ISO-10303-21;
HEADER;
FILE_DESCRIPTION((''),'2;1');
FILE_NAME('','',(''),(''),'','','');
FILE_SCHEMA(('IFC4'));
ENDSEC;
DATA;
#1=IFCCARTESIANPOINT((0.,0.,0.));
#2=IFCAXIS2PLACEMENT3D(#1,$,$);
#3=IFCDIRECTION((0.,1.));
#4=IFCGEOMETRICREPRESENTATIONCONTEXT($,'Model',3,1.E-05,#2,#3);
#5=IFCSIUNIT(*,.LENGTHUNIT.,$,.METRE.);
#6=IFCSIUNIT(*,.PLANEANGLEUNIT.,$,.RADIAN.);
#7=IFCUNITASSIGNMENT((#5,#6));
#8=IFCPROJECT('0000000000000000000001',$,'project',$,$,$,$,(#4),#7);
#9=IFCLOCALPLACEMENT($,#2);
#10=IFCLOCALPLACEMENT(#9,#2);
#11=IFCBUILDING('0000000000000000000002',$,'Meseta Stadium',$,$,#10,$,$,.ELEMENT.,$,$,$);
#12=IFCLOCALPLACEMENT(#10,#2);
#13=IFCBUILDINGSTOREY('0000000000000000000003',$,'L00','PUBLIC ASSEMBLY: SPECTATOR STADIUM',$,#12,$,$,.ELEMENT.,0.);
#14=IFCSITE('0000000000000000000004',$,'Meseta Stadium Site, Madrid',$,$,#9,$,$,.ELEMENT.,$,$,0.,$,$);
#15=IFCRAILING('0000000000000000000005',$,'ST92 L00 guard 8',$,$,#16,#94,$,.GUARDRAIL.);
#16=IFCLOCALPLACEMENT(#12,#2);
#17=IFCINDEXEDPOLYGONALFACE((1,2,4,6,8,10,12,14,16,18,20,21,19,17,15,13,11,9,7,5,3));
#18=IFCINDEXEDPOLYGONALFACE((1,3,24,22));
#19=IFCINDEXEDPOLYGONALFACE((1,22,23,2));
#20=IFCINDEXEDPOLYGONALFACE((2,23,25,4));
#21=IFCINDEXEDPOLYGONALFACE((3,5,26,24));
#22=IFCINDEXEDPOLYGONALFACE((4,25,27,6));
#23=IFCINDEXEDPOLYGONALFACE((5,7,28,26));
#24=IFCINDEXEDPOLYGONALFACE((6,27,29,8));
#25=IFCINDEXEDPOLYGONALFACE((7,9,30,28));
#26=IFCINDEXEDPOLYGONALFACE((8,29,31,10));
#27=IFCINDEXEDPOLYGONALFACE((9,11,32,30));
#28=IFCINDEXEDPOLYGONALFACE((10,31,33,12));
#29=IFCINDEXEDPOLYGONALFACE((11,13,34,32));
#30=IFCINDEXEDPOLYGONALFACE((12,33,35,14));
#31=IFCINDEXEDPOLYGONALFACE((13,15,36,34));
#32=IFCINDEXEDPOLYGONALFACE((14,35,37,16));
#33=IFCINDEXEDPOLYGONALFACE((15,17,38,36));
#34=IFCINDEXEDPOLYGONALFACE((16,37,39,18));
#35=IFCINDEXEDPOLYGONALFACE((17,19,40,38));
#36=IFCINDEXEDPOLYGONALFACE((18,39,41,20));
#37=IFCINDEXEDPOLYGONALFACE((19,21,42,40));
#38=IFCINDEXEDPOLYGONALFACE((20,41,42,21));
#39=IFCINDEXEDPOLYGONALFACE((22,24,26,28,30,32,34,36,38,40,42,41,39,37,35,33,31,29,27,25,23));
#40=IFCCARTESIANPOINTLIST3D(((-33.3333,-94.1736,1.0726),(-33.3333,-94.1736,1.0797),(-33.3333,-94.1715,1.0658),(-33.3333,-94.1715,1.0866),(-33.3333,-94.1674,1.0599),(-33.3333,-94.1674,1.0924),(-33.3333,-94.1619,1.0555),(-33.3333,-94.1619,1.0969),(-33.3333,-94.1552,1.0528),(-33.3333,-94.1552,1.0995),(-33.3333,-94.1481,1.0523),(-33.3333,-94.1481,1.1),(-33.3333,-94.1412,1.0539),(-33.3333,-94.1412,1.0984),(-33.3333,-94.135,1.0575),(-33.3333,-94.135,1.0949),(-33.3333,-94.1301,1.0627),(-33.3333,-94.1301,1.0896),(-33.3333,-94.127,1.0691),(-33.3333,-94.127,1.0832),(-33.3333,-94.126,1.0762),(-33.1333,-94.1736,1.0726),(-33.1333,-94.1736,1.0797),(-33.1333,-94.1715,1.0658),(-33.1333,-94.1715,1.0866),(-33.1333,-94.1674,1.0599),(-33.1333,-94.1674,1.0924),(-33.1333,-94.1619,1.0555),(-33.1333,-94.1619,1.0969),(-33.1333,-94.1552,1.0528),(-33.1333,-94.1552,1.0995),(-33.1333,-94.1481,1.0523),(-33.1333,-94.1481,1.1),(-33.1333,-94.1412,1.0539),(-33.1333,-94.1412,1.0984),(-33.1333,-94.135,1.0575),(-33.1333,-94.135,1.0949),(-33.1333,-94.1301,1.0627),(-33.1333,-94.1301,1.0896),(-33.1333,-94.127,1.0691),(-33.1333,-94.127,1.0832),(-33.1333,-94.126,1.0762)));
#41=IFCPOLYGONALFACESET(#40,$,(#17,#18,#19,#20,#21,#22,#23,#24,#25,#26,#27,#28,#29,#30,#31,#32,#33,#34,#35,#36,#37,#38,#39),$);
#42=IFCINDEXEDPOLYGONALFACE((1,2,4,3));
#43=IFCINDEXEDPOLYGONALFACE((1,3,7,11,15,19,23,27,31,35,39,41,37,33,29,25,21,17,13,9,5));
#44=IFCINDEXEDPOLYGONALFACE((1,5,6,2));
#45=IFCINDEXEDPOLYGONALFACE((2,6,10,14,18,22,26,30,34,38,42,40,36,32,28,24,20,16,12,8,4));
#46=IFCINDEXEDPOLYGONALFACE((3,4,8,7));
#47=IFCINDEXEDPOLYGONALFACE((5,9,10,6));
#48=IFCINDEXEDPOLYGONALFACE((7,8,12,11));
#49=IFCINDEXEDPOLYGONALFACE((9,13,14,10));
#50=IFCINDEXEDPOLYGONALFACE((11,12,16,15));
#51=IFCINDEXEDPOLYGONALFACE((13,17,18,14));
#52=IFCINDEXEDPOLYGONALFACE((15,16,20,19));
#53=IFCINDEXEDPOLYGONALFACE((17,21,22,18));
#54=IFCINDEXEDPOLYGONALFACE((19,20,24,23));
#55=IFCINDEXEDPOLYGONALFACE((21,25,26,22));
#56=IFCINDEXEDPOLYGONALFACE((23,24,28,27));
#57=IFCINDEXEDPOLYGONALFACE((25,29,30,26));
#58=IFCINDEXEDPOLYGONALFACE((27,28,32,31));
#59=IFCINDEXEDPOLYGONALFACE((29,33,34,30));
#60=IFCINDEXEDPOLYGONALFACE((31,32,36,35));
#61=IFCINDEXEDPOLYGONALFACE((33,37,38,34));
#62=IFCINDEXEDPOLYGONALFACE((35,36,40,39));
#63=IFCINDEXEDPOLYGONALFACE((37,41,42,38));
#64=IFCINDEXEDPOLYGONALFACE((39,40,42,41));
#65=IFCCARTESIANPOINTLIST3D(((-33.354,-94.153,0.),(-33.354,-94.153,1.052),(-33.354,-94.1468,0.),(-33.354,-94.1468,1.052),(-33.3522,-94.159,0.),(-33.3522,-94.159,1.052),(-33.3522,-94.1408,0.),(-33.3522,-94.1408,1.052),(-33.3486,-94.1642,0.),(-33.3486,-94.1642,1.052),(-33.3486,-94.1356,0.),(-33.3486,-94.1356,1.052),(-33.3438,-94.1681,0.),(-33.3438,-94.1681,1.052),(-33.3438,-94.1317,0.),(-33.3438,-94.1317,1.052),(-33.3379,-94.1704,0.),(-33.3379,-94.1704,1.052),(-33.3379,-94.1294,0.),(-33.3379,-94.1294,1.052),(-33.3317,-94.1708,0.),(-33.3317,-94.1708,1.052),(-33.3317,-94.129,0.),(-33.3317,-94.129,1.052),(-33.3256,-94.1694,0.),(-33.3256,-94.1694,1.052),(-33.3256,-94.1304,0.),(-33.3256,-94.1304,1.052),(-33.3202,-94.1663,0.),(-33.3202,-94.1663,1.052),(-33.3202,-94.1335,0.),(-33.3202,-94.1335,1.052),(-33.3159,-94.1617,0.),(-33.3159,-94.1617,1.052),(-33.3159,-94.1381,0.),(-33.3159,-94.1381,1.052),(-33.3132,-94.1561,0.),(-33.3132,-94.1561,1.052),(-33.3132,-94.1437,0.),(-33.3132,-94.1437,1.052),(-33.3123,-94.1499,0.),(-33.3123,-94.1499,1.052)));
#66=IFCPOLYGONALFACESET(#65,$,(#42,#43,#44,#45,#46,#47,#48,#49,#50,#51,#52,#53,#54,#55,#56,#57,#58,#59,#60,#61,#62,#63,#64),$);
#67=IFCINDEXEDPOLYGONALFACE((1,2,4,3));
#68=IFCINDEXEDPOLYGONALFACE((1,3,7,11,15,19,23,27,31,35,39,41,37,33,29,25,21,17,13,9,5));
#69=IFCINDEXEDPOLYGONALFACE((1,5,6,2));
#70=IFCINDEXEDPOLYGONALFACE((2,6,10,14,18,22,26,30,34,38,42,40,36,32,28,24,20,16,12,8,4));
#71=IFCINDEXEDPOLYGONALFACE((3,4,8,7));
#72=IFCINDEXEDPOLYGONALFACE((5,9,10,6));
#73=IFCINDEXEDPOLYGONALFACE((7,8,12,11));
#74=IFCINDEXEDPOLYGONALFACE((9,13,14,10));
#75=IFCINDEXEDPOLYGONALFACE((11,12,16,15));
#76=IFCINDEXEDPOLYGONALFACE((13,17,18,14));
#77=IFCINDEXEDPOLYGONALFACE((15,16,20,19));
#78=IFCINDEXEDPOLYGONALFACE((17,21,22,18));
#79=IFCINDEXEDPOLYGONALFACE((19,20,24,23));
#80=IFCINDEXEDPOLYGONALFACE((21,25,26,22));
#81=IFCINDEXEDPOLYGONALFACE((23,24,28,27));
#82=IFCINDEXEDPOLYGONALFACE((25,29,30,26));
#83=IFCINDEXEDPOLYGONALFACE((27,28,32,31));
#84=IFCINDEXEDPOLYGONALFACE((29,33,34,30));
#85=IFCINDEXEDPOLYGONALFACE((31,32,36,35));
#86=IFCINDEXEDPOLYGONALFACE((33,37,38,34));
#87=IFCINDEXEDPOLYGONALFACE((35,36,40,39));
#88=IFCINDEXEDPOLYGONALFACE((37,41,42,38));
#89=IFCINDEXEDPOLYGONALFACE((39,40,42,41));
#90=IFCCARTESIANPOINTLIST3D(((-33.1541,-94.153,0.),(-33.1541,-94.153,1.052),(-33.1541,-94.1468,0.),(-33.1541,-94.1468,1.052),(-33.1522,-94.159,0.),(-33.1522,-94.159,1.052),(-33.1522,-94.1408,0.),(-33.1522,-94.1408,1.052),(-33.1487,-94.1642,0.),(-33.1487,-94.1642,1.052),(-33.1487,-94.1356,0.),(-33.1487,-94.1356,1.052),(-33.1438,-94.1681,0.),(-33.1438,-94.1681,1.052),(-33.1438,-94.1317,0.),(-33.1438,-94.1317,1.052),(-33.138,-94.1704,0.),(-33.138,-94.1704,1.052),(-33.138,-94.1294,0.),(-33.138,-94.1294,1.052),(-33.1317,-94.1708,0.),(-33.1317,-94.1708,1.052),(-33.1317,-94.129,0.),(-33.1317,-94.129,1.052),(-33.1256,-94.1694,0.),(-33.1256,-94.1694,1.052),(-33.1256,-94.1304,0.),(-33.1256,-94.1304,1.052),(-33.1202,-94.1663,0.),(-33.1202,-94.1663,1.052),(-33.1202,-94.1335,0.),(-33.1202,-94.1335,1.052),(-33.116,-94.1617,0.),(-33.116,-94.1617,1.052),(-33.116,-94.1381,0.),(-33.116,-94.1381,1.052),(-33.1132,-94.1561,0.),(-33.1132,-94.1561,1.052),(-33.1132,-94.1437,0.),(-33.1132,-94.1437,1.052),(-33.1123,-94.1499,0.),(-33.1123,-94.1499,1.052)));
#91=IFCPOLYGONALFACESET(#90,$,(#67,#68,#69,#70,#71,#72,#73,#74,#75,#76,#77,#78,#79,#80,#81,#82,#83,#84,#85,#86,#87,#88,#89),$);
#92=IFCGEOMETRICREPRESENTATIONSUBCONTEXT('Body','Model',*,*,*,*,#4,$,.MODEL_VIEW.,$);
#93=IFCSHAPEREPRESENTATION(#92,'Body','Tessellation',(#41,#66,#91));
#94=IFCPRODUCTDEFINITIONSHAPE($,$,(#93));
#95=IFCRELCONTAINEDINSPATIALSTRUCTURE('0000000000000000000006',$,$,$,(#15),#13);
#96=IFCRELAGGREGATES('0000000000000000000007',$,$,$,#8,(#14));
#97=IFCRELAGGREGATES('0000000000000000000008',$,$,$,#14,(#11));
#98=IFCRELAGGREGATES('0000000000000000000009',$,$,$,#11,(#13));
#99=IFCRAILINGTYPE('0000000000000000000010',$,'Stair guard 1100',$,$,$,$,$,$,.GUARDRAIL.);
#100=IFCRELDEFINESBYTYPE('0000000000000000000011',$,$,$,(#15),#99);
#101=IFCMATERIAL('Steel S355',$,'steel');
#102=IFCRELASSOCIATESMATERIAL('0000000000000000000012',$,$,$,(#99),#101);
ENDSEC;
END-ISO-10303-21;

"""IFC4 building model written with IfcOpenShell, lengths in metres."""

from ifc_helpers import new_model, si_unit, direction, frame, origin, origin_2d, place, context, subcontext, project, spatial, circle, extrude, material, type_object, element, save


model = new_model("IFC4")

# Units and contexts
model_context = context("Model", 3, precision=1e-05, world=origin(), true_north=direction((0.0, 1.0)))
body_context = subcontext(model_context, "Body", "Model", "MODEL_VIEW")
ifc_project = project(units=[si_unit("LENGTHUNIT", "METRE"), si_unit("PLANEANGLEUNIT", "RADIAN")], contexts=[model_context])

# Site, building, storey
site_placement = place(None, origin())
site = spatial("IfcSite", under=ifc_project, at=site_placement, Name="Meseta Stadium Site, Madrid", CompositionType="ELEMENT", RefElevation=0.0)
building_placement = place(site_placement, origin())
building = spatial("IfcBuilding", under=site, at=building_placement, Name="Meseta Stadium", CompositionType="ELEMENT")
storey_placement = place(building_placement, origin())
storey = spatial("IfcBuildingStorey", under=building, at=storey_placement, Name="L00", Description="PUBLIC ASSEMBLY: SPECTATOR STADIUM", CompositionType="ELEMENT", Elevation=0.0)

# Railing
ifc_material_1 = material(Name="Steel S355", Category="steel")
railing_type_1 = type_object("IfcRailingType", Name="Stair guard 1100", PredefinedType="GUARDRAIL", material=ifc_material_1)
railing_1_placement = place(storey_placement, frame((-33.3333, -94.1499, 0.0)))
element("IfcRailing", 1, at=railing_1_placement, inside=storey, type_object=railing_type_1, Name="ST92 L00 guard 8", PredefinedType="GUARDRAIL", context=body_context, shape_type="SweptSolid", body=[
    extrude(circle(Radius=0.0239, at=origin_2d()), frame((0.0, 0.0, 1.0762), z_axis=(1.0, 0.0, 0.0), x_axis=(0.0, 1.0, 0.0)), (0.0, 0.0, 1.0), 0.2),
    extrude(circle(Radius=0.021, at=origin_2d()), origin(), (0.0, 0.0, 1.0), 1.052),
    extrude(circle(Radius=0.021, at=origin_2d()), frame((0.2, 0.0, 0.0)), (0.0, 0.0, 1.0), 1.052),
])

save(model, "model.ifc")
